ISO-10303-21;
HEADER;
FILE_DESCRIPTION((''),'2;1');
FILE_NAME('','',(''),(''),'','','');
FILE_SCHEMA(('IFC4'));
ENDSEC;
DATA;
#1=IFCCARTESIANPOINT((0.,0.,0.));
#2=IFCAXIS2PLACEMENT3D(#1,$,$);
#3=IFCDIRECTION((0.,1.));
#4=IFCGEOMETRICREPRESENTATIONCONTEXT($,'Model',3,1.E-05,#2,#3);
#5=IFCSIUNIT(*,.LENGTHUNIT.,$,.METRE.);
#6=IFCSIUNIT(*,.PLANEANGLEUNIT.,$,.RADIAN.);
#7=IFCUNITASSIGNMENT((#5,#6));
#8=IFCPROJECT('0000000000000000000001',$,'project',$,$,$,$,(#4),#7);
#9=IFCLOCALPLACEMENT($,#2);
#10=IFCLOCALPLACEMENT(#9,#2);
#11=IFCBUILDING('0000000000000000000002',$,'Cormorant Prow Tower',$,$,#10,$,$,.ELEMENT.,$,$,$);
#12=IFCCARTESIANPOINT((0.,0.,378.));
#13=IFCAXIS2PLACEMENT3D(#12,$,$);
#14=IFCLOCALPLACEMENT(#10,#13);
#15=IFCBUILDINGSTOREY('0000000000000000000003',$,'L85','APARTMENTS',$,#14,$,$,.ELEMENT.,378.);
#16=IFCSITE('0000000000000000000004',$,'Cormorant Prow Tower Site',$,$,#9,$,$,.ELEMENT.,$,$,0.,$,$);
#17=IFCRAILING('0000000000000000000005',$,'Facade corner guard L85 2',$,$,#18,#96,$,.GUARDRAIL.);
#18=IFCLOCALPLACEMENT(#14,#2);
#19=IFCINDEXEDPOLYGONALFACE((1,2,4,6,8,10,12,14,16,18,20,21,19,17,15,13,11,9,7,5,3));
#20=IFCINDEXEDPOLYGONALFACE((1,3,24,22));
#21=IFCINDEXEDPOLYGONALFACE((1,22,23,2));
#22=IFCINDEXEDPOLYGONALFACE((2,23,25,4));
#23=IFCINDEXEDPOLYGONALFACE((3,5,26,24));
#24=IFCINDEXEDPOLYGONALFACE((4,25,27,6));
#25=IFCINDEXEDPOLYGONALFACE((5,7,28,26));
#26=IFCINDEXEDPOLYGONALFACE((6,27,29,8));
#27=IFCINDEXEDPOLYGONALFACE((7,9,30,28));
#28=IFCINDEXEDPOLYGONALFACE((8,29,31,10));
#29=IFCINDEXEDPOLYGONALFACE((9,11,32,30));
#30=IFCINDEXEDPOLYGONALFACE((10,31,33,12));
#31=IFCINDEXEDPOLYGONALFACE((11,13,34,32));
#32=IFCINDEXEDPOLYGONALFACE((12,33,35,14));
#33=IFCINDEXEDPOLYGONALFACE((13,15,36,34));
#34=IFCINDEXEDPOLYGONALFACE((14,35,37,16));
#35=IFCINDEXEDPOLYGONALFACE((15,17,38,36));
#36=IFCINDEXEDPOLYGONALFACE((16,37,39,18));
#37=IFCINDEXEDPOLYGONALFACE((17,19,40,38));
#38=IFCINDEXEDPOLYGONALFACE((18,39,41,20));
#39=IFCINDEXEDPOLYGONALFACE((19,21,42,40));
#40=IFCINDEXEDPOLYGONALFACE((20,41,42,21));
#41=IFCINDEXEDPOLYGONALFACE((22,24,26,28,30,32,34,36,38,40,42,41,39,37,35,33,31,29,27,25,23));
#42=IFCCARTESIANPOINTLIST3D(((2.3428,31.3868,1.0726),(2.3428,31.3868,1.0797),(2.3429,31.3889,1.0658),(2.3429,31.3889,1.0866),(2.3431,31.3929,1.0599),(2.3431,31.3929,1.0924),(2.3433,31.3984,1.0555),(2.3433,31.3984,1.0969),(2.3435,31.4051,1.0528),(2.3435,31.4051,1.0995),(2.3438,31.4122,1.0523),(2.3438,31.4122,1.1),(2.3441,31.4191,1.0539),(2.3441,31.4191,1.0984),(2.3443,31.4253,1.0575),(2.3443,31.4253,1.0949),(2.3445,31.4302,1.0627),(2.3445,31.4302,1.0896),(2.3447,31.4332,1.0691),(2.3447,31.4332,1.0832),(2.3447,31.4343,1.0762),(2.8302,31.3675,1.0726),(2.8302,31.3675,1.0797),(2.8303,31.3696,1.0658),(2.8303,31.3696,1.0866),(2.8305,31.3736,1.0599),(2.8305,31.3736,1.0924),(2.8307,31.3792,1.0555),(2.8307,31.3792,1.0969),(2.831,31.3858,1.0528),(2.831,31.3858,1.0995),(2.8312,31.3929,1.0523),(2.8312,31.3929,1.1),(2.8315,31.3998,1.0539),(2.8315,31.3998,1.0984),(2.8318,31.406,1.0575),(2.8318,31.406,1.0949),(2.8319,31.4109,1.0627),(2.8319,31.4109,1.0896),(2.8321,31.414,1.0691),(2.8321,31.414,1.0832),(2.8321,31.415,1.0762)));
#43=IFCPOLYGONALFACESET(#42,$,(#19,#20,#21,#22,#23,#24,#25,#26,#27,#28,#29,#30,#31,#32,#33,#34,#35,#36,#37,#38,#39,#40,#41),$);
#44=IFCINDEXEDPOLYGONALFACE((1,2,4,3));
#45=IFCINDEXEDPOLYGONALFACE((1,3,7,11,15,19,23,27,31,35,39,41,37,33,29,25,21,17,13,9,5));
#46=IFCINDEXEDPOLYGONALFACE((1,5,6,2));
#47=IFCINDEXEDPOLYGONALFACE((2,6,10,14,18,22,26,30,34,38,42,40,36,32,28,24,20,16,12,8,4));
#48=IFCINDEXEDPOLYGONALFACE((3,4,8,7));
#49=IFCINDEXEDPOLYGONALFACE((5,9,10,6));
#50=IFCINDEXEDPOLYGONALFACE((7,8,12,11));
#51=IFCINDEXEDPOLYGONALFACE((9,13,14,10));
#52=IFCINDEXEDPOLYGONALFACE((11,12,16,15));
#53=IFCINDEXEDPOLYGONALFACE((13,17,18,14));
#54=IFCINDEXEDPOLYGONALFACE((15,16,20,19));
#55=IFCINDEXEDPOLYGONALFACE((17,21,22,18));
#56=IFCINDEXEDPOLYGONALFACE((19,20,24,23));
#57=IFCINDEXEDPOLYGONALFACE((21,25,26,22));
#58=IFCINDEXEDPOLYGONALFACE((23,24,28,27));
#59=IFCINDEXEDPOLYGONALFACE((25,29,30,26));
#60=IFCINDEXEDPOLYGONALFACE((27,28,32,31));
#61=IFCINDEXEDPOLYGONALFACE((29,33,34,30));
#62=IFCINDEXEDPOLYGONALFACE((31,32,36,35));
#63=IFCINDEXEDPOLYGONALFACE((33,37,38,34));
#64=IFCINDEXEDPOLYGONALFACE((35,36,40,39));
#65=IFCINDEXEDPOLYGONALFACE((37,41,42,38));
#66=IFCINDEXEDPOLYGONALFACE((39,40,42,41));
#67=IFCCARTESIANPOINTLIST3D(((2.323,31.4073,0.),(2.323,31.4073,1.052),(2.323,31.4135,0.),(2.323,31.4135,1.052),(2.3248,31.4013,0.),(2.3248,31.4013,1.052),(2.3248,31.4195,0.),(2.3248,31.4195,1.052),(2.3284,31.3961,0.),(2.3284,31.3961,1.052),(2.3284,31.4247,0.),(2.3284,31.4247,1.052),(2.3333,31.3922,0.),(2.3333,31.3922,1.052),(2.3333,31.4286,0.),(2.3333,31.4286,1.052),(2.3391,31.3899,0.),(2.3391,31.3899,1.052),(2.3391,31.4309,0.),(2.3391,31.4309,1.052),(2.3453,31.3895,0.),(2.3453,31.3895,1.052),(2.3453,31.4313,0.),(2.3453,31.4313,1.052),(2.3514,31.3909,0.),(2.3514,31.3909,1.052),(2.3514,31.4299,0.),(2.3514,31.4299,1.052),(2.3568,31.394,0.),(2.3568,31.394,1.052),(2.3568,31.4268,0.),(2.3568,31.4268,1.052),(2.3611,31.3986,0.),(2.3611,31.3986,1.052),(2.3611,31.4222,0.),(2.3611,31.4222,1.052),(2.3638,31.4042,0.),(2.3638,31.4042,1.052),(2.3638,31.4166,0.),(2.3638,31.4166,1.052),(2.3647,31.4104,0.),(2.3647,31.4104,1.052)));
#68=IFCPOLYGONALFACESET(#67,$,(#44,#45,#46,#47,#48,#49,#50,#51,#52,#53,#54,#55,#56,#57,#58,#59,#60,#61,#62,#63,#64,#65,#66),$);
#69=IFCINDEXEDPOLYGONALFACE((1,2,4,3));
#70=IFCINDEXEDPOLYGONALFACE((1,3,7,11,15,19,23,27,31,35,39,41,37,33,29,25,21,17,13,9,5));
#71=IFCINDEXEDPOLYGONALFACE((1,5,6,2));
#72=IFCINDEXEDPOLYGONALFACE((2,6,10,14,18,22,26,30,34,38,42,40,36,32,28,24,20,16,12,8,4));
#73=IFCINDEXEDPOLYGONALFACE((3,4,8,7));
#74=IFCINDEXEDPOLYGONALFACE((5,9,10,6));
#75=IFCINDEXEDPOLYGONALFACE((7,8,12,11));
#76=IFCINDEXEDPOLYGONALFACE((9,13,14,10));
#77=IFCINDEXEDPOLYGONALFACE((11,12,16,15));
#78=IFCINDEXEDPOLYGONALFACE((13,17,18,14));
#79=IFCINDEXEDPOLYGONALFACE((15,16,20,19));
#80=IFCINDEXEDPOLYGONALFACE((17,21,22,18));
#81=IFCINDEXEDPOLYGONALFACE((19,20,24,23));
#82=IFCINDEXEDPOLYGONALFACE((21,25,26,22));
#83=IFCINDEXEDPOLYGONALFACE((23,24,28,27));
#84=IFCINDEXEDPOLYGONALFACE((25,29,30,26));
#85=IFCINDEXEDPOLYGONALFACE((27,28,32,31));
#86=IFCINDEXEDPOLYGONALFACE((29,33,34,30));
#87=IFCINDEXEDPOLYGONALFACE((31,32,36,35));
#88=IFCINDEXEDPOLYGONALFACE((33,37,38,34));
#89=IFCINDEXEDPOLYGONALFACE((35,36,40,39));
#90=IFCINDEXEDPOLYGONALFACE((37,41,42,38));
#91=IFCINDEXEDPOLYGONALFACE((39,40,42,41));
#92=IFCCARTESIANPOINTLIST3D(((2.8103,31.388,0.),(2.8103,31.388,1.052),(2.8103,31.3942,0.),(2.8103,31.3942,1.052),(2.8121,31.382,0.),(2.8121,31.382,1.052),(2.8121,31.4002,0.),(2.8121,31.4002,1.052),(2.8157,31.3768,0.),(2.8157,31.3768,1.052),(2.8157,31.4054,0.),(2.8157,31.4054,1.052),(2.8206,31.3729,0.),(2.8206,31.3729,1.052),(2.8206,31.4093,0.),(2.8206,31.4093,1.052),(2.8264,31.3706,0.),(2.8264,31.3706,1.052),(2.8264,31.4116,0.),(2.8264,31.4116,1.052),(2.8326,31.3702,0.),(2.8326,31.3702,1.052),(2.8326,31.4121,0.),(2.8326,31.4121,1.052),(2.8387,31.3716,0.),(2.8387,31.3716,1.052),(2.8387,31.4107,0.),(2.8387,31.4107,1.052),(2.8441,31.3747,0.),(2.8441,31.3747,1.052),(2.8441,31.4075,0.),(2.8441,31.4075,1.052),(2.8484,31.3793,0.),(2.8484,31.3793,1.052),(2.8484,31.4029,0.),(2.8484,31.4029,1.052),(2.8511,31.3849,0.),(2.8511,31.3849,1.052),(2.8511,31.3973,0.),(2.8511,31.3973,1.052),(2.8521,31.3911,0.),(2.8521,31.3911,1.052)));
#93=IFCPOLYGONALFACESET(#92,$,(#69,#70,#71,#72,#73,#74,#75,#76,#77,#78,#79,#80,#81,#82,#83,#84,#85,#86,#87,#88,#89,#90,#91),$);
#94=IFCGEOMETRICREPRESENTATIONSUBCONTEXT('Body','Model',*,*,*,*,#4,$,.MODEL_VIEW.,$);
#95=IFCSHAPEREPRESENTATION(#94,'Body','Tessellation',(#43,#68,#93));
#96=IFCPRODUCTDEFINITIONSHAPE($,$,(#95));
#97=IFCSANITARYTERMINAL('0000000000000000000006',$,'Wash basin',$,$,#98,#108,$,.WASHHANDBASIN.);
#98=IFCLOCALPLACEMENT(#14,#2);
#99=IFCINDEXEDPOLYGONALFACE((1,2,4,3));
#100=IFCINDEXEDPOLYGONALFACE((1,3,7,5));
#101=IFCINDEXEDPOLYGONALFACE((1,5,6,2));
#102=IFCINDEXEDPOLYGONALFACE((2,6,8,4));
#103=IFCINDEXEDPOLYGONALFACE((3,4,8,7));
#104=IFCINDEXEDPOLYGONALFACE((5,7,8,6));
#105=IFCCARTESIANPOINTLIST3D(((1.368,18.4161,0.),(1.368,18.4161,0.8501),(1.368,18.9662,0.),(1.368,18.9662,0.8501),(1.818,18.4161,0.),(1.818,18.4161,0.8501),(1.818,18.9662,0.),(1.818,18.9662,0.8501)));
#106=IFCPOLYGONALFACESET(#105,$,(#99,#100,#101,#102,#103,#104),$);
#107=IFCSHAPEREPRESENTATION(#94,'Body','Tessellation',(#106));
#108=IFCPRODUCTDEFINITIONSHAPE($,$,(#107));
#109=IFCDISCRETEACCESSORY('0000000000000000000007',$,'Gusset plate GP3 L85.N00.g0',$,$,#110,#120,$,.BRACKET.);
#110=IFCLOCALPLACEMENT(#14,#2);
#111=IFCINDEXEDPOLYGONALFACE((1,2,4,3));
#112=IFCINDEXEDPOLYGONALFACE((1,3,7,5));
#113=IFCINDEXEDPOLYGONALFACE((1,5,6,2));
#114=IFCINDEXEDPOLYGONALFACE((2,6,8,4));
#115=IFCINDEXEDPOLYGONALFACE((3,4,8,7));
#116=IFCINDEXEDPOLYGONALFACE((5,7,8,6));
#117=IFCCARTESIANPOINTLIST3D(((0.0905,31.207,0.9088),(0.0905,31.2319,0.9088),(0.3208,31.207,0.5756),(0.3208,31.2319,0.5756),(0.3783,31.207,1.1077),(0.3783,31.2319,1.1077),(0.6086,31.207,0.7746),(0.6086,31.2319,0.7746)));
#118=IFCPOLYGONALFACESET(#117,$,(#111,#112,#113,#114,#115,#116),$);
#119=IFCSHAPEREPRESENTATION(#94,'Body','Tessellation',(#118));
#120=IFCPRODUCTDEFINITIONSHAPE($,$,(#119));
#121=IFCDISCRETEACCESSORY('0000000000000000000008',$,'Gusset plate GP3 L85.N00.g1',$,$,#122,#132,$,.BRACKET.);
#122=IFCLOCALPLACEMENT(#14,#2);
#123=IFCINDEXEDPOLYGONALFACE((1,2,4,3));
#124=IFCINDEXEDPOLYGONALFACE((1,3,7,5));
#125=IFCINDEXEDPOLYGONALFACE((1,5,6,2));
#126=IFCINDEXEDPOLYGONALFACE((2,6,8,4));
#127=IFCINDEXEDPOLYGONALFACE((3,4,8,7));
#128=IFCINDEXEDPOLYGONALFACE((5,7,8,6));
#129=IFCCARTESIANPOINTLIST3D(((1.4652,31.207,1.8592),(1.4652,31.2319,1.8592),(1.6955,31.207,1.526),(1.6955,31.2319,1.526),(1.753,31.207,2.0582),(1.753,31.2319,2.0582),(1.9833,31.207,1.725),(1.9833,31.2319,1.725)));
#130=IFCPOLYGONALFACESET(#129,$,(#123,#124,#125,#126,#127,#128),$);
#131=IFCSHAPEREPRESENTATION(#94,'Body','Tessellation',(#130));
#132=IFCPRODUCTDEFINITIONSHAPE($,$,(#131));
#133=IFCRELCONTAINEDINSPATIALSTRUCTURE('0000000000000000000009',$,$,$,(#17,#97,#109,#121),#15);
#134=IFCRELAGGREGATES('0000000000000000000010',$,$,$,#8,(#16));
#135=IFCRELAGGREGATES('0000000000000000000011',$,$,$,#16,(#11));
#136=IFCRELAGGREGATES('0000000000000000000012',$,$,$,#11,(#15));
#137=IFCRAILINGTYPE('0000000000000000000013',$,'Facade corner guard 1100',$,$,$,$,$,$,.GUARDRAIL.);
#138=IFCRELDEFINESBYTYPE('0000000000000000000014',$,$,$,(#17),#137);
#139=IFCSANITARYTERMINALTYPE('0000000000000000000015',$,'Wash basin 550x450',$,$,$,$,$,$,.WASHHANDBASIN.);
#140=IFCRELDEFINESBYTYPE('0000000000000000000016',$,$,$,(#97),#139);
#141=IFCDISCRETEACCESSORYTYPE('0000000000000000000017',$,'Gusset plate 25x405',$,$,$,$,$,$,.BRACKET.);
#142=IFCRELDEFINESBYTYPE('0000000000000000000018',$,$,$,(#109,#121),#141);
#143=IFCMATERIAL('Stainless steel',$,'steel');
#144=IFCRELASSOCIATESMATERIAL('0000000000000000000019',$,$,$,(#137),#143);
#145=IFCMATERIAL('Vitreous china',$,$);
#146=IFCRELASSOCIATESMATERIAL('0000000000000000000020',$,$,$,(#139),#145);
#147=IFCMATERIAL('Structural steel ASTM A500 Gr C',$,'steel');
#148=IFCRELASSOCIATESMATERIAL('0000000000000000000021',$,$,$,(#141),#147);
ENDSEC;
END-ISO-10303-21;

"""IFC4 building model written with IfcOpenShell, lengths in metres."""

from ifc_helpers import new_model, si_unit, direction, frame, origin, origin_2d, place, context, subcontext, project, spatial, rectangle, circle, extrude, material, material_profile, profile_set, type_object, element, save


model = new_model("IFC4")

# Units and contexts
model_context = context("Model", 3, precision=1e-05, world=origin(), true_north=direction((0.0, 1.0)))
body_context = subcontext(model_context, "Body", "Model", "MODEL_VIEW")
ifc_project = project(units=[si_unit("LENGTHUNIT", "METRE"), si_unit("PLANEANGLEUNIT", "RADIAN")], contexts=[model_context])

# Site, building, storey
site_placement = place(None, origin())
site = spatial("IfcSite", under=ifc_project, at=site_placement, Name="Cormorant Prow Tower Site", CompositionType="ELEMENT", RefElevation=0.0)
building_placement = place(site_placement, origin())
building = spatial("IfcBuilding", under=site, at=building_placement, Name="Cormorant Prow Tower", CompositionType="ELEMENT")
storey_placement = place(building_placement, frame((0.0, 0.0, 378.0)))
storey = spatial("IfcBuildingStorey", under=building, at=storey_placement, Name="L85", Description="APARTMENTS", CompositionType="ELEMENT", Elevation=378.0)

# Railing
ifc_material_1 = material(Name="Stainless steel", Category="steel")
railing_type = type_object("IfcRailingType", Name="Facade corner guard 1100", PredefinedType="GUARDRAIL", material=ifc_material_1)
railing_placement = place(storey_placement, frame((2.3438, 31.4104, 0.0)))
element("IfcRailing", 1, at=railing_placement, inside=storey, type_object=railing_type, Name="Facade corner guard L85 2", PredefinedType="GUARDRAIL", context=body_context, shape_type="SweptSolid", body=[
    extrude(circle(Radius=0.0239, at=origin_2d()), frame((0.0, 0.0, 1.0762), z_axis=(0.999218, -0.039548, 0.0), x_axis=(0.039548, 0.999218, 0.0)), (0.0, 0.0, 1.0), 0.4878),
    extrude(circle(Radius=0.021, at=origin_2d()), origin(), (0.0, 0.0, 1.0), 1.052),
    extrude(circle(Radius=0.021, at=origin_2d()), frame((0.4873, -0.0193, 0.0)), (0.0, 0.0, 1.0), 1.052),
])

# Sanitary terminal
ifc_material_2 = material(Name="Vitreous china")
sanitary_terminal_type = type_object("IfcSanitaryTerminalType", Name="Wash basin 550x450", PredefinedType="WASHHANDBASIN", material=ifc_material_2)
sanitary_terminal_placement = place(storey_placement, frame((1.593, 18.6912, 0.0), z_axis=(0.0, 0.0, 1.0), x_axis=(0.0, -1.0, 0.0)))
element("IfcSanitaryTerminal", 2, at=sanitary_terminal_placement, inside=storey, type_object=sanitary_terminal_type, Name="Wash basin", PredefinedType="WASHHANDBASIN", context=body_context, shape_type="SweptSolid", body=[
    extrude(rectangle(XDim=0.55, YDim=0.45, at=origin_2d()), origin(), (0.0, 0.0, 1.0), 0.8501),
])

# Discrete accessories
ifc_material_3 = material(Name="Structural steel ASTM A500 Gr C", Category="steel")
ifc_material_profile_1 = material_profile(ifc_material_3, rectangle(XDim=0.0249, YDim=0.405, at=origin_2d()), Name="Gusset plate 25x405")
ifc_profile_set_1 = profile_set([ifc_material_profile_1], Name="Structural steel ASTM A500 Gr C")
discrete_accessory_type = type_object("IfcDiscreteAccessoryType", Name="Gusset plate 25x405", PredefinedType="BRACKET", material=ifc_profile_set_1)
for number, where, z_axis, x_axis, name in (
    (3, (0.4934, 31.2195, 0.9412), (-0.822594, 0.0, -0.568629), (0.0, -1.0, 0.0), "Gusset plate GP3 L85.N00.g0"),
    (4, (1.5803, 31.2195, 1.6926), (0.822594, 0.0, 0.568629), (0.0, 1.0, 0.0), "Gusset plate GP3 L85.N00.g1"),
):
    element("IfcDiscreteAccessory", number, at=place(storey_placement, frame(where, z_axis=z_axis, x_axis=x_axis)), inside=storey, type_object=discrete_accessory_type, Name=name, PredefinedType="BRACKET", context=body_context, shape_type="SweptSolid", body=[
        extrude(rectangle(XDim=0.0249, YDim=0.405, at=origin_2d()), origin(), (0.0, 0.0, 1.0), 0.3499),
    ])

save(model, "model.ifc")
